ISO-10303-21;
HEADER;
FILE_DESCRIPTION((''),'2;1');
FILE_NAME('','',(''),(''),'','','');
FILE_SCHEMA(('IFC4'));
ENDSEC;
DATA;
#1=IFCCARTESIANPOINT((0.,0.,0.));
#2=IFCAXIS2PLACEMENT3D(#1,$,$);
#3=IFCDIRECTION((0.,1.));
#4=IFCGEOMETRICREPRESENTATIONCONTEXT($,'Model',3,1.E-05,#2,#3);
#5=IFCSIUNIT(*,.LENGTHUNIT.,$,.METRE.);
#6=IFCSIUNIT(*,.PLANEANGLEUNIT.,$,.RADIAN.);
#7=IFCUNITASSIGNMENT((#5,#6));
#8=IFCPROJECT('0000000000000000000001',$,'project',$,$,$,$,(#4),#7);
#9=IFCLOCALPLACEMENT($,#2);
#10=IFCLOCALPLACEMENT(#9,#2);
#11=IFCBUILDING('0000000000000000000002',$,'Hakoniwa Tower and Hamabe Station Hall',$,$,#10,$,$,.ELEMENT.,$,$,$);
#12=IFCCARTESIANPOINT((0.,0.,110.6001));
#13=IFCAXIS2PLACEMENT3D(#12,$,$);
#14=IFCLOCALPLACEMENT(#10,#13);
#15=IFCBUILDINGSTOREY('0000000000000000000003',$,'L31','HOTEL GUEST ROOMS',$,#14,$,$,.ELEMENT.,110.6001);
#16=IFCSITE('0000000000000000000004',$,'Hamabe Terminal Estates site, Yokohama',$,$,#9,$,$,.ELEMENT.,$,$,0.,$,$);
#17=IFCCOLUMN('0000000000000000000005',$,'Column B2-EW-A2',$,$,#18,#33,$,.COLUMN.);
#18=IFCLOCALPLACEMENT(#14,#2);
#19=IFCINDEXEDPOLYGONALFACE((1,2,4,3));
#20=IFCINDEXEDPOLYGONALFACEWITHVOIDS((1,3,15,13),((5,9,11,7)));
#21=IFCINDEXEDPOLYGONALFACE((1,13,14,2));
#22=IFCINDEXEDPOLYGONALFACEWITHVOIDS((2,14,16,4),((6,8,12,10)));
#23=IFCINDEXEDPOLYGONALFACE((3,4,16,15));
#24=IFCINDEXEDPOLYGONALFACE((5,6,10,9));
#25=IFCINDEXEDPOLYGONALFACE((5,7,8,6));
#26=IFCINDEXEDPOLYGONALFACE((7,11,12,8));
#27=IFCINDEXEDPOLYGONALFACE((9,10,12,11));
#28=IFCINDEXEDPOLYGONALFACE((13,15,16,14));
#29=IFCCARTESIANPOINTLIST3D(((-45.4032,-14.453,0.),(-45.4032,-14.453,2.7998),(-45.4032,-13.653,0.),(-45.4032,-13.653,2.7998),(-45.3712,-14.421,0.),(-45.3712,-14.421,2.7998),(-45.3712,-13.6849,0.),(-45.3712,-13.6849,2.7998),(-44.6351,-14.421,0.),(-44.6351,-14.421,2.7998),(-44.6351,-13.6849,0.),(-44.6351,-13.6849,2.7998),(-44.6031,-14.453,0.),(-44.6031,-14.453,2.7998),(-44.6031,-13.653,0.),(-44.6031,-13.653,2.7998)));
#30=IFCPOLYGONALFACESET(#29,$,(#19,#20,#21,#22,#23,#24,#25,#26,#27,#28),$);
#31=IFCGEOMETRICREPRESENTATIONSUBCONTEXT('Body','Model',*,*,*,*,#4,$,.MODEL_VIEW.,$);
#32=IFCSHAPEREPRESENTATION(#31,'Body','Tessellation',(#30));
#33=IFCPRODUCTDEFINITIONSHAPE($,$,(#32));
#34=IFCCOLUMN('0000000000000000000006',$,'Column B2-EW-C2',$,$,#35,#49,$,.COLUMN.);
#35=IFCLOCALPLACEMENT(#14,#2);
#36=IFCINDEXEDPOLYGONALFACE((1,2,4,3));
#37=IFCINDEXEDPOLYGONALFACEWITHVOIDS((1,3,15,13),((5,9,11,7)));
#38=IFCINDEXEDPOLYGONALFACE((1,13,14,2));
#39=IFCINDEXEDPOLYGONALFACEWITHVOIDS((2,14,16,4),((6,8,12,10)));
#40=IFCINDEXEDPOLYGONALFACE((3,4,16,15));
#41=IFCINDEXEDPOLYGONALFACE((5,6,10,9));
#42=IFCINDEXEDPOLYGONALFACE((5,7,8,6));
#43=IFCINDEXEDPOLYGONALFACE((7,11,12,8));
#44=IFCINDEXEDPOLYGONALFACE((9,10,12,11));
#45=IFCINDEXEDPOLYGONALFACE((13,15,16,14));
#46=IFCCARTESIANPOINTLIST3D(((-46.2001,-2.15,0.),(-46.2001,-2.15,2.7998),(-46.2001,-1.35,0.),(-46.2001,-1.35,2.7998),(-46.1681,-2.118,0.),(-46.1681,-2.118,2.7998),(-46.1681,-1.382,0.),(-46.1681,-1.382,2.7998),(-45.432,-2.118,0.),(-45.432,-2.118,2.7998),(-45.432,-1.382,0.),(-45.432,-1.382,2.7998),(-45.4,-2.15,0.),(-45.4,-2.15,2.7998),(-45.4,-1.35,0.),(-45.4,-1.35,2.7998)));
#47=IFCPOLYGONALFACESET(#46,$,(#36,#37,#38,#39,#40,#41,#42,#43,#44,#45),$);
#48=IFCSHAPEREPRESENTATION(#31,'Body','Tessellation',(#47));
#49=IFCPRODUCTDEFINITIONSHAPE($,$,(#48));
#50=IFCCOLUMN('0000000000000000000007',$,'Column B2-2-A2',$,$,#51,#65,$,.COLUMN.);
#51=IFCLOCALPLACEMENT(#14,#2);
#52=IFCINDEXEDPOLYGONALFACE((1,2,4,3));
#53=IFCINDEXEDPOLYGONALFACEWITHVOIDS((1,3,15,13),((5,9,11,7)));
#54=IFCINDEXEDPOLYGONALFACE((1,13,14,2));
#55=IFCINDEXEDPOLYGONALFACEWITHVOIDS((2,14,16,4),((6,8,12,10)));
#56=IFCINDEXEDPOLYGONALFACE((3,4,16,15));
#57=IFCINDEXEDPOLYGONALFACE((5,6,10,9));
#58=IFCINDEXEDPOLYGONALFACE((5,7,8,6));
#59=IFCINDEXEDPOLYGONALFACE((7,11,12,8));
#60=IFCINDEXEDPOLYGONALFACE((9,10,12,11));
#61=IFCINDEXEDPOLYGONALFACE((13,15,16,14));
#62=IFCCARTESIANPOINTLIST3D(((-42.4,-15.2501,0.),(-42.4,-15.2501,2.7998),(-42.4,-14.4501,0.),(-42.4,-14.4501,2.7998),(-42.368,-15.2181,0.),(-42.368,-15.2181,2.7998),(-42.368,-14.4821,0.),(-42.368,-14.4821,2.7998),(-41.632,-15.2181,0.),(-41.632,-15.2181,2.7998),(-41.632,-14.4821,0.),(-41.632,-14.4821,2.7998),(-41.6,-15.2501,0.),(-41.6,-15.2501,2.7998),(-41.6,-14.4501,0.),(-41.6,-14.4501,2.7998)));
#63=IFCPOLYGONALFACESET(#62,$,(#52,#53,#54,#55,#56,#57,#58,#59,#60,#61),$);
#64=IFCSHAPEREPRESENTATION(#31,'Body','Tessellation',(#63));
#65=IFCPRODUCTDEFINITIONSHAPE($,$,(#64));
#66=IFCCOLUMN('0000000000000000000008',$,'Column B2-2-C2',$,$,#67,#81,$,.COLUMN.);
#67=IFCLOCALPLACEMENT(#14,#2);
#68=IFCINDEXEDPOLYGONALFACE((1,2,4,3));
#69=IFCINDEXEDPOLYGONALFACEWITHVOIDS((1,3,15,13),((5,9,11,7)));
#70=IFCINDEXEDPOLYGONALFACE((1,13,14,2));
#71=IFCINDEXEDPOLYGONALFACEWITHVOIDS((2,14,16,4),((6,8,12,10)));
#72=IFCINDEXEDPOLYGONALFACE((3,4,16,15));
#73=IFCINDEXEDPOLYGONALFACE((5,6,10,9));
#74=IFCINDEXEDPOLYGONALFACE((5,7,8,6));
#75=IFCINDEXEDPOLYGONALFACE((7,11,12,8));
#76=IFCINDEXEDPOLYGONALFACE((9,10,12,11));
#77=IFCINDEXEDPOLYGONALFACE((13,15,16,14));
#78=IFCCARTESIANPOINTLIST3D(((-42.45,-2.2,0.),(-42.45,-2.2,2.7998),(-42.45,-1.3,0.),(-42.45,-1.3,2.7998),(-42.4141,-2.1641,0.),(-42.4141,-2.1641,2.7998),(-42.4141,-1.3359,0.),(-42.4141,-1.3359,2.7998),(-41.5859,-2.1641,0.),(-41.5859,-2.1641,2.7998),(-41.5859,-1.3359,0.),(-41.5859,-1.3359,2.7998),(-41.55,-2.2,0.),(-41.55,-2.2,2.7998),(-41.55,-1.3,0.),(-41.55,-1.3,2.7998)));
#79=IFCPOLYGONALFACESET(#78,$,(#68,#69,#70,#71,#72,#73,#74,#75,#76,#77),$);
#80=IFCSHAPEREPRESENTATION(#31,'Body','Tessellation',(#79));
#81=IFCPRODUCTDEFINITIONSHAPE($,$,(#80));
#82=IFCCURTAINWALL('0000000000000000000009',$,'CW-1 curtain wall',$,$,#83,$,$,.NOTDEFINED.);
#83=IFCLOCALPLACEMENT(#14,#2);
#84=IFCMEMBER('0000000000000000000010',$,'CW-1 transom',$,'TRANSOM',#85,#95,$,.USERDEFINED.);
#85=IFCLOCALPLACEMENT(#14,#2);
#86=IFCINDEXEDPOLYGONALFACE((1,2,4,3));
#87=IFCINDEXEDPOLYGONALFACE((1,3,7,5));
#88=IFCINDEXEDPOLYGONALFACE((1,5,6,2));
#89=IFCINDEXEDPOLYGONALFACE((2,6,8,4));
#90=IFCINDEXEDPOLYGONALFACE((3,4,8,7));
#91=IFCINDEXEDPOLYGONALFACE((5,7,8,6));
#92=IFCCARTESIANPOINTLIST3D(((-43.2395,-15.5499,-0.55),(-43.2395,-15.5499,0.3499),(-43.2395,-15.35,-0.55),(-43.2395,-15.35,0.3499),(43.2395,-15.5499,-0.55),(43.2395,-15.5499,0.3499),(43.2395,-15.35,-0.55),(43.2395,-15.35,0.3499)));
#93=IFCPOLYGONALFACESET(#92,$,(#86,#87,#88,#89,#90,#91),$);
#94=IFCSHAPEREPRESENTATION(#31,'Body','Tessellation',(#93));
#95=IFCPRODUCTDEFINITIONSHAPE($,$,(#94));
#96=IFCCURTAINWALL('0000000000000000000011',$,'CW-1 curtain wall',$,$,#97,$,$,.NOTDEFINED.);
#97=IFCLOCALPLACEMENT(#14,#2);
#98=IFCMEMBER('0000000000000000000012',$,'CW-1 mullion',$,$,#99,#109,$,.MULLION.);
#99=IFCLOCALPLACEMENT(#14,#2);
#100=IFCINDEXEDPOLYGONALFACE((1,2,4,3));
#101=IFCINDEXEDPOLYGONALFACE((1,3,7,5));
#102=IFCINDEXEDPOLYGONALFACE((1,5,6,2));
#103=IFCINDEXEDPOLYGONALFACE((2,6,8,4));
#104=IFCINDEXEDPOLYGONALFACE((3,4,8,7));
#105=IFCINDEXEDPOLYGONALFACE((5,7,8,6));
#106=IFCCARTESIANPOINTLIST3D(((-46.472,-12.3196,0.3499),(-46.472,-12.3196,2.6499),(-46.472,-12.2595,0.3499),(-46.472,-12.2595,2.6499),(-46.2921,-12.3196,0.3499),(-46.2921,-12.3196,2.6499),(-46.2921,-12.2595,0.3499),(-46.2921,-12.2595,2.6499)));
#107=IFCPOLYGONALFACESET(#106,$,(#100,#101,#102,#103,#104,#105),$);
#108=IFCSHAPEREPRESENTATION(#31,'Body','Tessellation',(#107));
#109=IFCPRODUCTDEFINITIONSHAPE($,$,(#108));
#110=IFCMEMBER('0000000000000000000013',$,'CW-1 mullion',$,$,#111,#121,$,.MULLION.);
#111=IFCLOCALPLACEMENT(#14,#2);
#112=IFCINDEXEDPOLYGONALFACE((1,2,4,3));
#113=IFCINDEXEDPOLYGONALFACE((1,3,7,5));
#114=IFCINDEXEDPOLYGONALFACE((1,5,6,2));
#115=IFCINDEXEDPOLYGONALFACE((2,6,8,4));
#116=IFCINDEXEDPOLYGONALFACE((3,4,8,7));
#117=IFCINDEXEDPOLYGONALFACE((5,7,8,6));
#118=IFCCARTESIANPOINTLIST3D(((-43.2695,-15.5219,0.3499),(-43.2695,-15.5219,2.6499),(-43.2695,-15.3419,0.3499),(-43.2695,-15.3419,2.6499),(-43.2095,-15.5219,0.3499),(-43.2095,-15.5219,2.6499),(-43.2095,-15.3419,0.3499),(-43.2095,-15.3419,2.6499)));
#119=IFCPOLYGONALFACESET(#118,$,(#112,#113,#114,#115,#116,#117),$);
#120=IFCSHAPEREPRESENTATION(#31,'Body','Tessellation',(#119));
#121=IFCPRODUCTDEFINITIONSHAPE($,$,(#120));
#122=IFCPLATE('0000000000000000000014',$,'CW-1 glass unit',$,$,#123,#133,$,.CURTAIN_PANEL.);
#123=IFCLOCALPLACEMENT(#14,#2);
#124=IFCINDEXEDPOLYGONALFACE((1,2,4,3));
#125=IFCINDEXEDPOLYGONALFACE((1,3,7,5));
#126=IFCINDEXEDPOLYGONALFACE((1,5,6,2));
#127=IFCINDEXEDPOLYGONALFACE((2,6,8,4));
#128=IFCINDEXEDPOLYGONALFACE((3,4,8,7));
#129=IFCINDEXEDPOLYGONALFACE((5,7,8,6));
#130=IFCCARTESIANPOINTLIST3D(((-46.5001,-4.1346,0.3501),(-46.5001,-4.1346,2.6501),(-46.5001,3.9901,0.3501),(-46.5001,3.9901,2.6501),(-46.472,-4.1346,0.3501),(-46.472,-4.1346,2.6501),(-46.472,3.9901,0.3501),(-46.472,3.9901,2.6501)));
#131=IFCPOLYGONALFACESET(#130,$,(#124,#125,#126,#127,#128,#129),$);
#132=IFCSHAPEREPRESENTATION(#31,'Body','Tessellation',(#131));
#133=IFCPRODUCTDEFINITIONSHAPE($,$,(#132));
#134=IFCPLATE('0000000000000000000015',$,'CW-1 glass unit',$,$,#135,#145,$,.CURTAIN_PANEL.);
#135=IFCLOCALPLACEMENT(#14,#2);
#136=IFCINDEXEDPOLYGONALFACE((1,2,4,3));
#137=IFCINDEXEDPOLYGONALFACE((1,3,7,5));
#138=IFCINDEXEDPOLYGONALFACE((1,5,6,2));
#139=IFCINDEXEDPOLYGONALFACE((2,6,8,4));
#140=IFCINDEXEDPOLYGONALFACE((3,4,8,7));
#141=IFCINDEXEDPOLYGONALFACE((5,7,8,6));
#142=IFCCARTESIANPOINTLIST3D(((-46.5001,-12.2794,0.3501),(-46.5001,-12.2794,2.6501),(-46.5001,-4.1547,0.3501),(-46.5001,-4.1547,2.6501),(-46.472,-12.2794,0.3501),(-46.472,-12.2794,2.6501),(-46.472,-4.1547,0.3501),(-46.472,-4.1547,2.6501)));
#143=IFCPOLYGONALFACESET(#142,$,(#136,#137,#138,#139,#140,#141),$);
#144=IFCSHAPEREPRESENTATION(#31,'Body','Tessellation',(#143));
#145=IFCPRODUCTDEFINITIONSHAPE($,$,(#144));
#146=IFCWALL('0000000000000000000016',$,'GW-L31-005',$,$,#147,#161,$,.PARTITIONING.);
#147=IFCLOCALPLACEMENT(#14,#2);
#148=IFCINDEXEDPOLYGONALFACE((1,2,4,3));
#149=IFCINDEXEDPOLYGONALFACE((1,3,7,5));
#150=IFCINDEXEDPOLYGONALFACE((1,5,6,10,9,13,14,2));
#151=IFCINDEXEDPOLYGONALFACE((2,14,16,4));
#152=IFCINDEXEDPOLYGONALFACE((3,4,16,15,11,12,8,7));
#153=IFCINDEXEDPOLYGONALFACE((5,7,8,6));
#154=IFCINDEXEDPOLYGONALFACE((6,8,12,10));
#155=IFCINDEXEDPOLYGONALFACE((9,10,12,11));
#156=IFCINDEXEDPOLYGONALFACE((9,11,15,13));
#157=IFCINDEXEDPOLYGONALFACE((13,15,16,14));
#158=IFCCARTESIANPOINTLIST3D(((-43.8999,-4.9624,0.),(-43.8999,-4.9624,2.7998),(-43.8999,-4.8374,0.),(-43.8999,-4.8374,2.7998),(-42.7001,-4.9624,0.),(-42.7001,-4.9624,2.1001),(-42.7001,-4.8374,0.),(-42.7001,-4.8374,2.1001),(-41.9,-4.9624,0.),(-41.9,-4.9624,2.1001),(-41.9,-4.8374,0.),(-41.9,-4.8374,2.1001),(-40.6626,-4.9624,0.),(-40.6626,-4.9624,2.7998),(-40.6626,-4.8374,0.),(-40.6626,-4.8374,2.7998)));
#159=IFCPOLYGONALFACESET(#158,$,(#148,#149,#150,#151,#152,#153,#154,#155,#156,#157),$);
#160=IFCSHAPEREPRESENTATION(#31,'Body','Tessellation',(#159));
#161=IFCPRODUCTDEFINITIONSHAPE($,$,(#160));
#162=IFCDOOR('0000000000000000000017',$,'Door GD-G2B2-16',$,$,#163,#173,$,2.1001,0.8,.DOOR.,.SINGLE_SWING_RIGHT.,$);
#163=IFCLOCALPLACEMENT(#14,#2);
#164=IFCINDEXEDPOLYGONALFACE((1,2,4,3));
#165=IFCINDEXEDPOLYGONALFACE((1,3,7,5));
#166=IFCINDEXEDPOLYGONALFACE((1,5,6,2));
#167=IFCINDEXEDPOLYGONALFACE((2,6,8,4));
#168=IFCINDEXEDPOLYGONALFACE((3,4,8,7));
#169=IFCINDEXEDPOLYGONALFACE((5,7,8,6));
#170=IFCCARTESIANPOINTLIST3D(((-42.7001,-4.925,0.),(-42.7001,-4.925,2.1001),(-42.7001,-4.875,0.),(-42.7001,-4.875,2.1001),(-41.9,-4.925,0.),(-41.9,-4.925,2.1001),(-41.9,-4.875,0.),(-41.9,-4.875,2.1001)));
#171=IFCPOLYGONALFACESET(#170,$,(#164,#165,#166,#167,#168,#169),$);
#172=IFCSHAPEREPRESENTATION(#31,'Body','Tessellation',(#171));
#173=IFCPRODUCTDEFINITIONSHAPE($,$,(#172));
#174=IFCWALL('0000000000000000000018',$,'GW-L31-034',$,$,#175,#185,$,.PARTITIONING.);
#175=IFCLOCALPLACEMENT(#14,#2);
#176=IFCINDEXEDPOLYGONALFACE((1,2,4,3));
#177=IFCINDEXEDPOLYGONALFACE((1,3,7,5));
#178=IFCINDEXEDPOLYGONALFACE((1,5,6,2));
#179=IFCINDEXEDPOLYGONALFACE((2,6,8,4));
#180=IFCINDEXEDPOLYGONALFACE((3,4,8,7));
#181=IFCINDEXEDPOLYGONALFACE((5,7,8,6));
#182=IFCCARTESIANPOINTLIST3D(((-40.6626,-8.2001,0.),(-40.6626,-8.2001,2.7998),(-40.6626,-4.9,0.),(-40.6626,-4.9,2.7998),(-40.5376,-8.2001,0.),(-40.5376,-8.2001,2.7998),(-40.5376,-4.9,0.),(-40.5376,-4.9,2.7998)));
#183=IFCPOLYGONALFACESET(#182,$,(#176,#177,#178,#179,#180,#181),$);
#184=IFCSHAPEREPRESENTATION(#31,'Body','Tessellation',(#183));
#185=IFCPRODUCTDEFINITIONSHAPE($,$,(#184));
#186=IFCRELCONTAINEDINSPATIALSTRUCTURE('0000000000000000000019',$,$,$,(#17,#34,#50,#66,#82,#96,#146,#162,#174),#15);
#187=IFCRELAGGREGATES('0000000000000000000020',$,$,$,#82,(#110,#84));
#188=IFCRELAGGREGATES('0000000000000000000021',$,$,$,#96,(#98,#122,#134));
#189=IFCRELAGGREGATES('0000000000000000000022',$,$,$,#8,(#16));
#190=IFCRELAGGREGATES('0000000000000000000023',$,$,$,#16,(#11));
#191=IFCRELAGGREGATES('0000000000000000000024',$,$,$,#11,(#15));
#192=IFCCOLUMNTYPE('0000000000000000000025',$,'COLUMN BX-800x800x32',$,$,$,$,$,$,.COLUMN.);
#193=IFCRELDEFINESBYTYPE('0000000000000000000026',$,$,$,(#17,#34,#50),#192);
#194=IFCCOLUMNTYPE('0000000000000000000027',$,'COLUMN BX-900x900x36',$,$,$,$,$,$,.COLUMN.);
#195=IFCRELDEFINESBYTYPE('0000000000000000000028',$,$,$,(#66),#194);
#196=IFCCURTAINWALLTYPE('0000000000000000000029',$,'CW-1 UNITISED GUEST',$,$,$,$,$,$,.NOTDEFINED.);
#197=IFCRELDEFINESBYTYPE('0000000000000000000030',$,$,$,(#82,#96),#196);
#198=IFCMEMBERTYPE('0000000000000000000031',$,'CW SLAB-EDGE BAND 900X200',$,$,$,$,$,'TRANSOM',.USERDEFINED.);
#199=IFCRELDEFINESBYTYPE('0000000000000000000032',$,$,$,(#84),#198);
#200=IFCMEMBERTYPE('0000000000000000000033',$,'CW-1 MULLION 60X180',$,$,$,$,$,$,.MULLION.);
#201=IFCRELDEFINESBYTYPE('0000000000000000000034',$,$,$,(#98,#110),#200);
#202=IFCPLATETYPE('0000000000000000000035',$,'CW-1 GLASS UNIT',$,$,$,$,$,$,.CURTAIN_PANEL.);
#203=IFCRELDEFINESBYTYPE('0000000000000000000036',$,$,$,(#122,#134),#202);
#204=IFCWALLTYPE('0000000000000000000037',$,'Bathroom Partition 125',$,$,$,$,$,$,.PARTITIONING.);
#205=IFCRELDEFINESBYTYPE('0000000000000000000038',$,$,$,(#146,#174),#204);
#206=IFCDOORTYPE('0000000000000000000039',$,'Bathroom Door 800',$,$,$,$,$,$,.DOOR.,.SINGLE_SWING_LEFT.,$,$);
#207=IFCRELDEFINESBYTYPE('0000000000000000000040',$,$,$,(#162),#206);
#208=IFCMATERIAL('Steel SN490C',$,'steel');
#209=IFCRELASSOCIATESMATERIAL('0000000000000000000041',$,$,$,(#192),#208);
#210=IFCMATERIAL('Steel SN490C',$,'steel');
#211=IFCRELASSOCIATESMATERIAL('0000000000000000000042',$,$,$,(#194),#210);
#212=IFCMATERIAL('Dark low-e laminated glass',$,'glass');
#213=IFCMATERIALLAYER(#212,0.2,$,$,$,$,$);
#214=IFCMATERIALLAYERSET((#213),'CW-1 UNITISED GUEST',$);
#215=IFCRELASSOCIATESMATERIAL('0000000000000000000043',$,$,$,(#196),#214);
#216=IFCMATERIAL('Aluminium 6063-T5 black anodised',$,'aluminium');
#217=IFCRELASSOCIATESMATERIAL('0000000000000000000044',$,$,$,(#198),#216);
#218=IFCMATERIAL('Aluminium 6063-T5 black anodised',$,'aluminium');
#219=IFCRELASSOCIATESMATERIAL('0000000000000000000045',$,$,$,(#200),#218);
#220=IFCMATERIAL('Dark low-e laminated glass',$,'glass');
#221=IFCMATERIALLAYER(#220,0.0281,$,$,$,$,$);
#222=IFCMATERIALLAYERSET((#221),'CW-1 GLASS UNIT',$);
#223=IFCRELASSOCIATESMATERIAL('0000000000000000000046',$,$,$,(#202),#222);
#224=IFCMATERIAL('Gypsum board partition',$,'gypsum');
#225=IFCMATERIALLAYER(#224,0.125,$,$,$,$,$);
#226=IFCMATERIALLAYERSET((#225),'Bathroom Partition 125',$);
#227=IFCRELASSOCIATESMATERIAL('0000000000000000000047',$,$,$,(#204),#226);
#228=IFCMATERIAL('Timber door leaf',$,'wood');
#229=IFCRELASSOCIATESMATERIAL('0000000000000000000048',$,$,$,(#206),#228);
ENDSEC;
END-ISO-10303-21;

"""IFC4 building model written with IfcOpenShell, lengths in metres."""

from ifc_helpers import new_model, si_unit, direction, frame, frame_2d, origin, origin_2d, place, context, subcontext, project, spatial, rectangle, hollow_rectangle, extrude, material, layer, layer_set, material_profile, profile_set, type_object, element, fill, aggregate, save


model = new_model("IFC4")

# Units and contexts
model_context = context("Model", 3, precision=1e-05, world=origin(), true_north=direction((0.0, 1.0)))
body_context = subcontext(model_context, "Body", "Model", "MODEL_VIEW")
ifc_project = project(units=[si_unit("LENGTHUNIT", "METRE"), si_unit("PLANEANGLEUNIT", "RADIAN")], contexts=[model_context])

# Site, building, storey
site_placement = place(None, origin())
site = spatial("IfcSite", under=ifc_project, at=site_placement, Name="Hamabe Terminal Estates site, Yokohama", CompositionType="ELEMENT", RefElevation=0.0)
building_placement = place(site_placement, origin())
building = spatial("IfcBuilding", under=site, at=building_placement, Name="Hakoniwa Tower and Hamabe Station Hall", CompositionType="ELEMENT")
storey_placement = place(building_placement, frame((0.0, 0.0, 110.6001)))
storey = spatial("IfcBuildingStorey", under=building, at=storey_placement, Name="L31", Description="HOTEL GUEST ROOMS", CompositionType="ELEMENT", Elevation=110.6001)

# Columns
ifc_material_1 = material(Name="Steel SN490C", Category="steel")
ifc_material_profile_1 = material_profile(ifc_material_1, hollow_rectangle(XDim=0.8, YDim=0.8, WallThickness=0.032, at=origin_2d()), Name="BX-800x800x32")
ifc_profile_set_1 = profile_set([ifc_material_profile_1], Name="Steel SN490C")
column_type_1 = type_object("IfcColumnType", Name="COLUMN BX-800x800x32", PredefinedType="COLUMN", material=ifc_profile_set_1)
for number, where, z_axis, x_axis, name in (
    (1, (-45.0032, -14.053, 0.0), (0.0, 0.0, 1.0), (1.0, 0.0, 0.0), "Column B2-EW-A2"),
    (2, (-45.8, -1.75, 0.0), (0.0, 0.0, 1.0), (1.0, 0.0, 0.0), "Column B2-EW-C2"),
    (3, (-42.0, -14.8501, 0.0), (0.0, 0.0, 1.0), (1.0, 0.0, 0.0), "Column B2-2-A2"),
):
    element("IfcColumn", number, at=place(storey_placement, frame(where, z_axis=z_axis, x_axis=x_axis)), inside=storey, type_object=column_type_1, Name=name, PredefinedType="COLUMN", context=body_context, shape_type="SweptSolid", body=[
        extrude(hollow_rectangle(XDim=0.8, YDim=0.8, WallThickness=0.032, at=origin_2d()), origin(), (0.0, 0.0, 1.0), 2.7998),
    ])
ifc_material_2 = material(Name="Steel SN490C", Category="steel")
ifc_material_profile_2 = material_profile(ifc_material_2, hollow_rectangle(XDim=0.8999, YDim=0.8999, WallThickness=0.0359, at=origin_2d()), Name="BX-900x900x36")
ifc_profile_set_2 = profile_set([ifc_material_profile_2], Name="Steel SN490C")
column_type_2 = type_object("IfcColumnType", Name="COLUMN BX-900x900x36", PredefinedType="COLUMN", material=ifc_profile_set_2)
column_placement = place(storey_placement, frame((-42.0, -1.75, 0.0), z_axis=(0.0, 0.0, 1.0), x_axis=(1.0, 0.0, 0.0)))
element("IfcColumn", 4, at=column_placement, inside=storey, type_object=column_type_2, Name="Column B2-2-C2", PredefinedType="COLUMN", context=body_context, shape_type="SweptSolid", body=[
    extrude(hollow_rectangle(XDim=0.8999, YDim=0.8999, WallThickness=0.0359, at=origin_2d()), origin(), (0.0, 0.0, 1.0), 2.7998),
])

# Curtain walls, members
ifc_material_3 = material(Name="Dark low-e laminated glass", Category="glass")
ifc_layer_1 = layer(ifc_material_3, 0.2)
ifc_layer_set_1 = layer_set([ifc_layer_1], Name="CW-1 UNITISED GUEST")
curtain_wall_type = type_object("IfcCurtainWallType", Name="CW-1 UNITISED GUEST", PredefinedType="NOTDEFINED", material=ifc_layer_set_1)
curtain_wall_1_placement = place(storey_placement, origin())
curtain_wall_1 = element("IfcCurtainWall", 5, at=curtain_wall_1_placement, inside=storey, type_object=curtain_wall_type, Name="CW-1 curtain wall", PredefinedType="NOTDEFINED")
ifc_material_4 = material(Name="Aluminium 6063-T5 black anodised", Category="aluminium")
ifc_material_profile_3 = material_profile(ifc_material_4, rectangle(XDim=0.2, YDim=0.8999, at=origin_2d()), Name="CW SLAB-EDGE BAND 900X200")
ifc_profile_set_3 = profile_set([ifc_material_profile_3], Name="Aluminium 6063-T5 black anodised")
member_type_1 = type_object("IfcMemberType", Name="CW SLAB-EDGE BAND 900X200", ElementType="TRANSOM", PredefinedType="USERDEFINED", material=ifc_profile_set_3)
member_1_placement = place(storey_placement, frame((-43.2395, -15.45, -0.1001), z_axis=(1.0, 0.0, 0.0), x_axis=(0.0, 1.0, 0.0)))
member_1 = element("IfcMember", 6, at=member_1_placement, type_object=member_type_1, Name="CW-1 transom", ObjectType="TRANSOM", PredefinedType="USERDEFINED", context=body_context, shape_type="SweptSolid", body=[
    extrude(rectangle(XDim=0.2, YDim=0.8999, at=origin_2d()), origin(), (0.0, 0.0, 1.0), 86.479),
])
curtain_wall_2_placement = place(storey_placement, origin())
curtain_wall_2 = element("IfcCurtainWall", 7, at=curtain_wall_2_placement, inside=storey, type_object=curtain_wall_type, Name="CW-1 curtain wall", PredefinedType="NOTDEFINED")
ifc_material_5 = material(Name="Aluminium 6063-T5 black anodised", Category="aluminium")
ifc_material_profile_4 = material_profile(ifc_material_5, rectangle(XDim=0.0601, YDim=0.1799, at=origin_2d()), Name="CW-1 MULLION 60X180")
ifc_profile_set_4 = profile_set([ifc_material_profile_4], Name="Aluminium 6063-T5 black anodised")
member_type_2 = type_object("IfcMemberType", Name="CW-1 MULLION 60X180", PredefinedType="MULLION", material=ifc_profile_set_4)
member_2_placement = place(storey_placement, frame((-46.3821, -12.2896, 0.3499), z_axis=(0.0, 0.0, 1.0), x_axis=(0.0, -1.0, 0.0)))
member_2 = element("IfcMember", 8, at=member_2_placement, type_object=member_type_2, Name="CW-1 mullion", PredefinedType="MULLION", context=body_context, shape_type="SweptSolid", body=[
    extrude(rectangle(XDim=0.0601, YDim=0.1799, at=origin_2d()), origin(), (0.0, 0.0, 1.0), 2.3),
])

# Member
member_3_placement = place(storey_placement, frame((-43.2395, -15.4319, 0.3499), z_axis=(0.0, 0.0, 1.0), x_axis=(1.0, 0.0, 0.0)))
member_3 = element("IfcMember", 9, at=member_3_placement, type_object=member_type_2, Name="CW-1 mullion", PredefinedType="MULLION", context=body_context, shape_type="SweptSolid", body=[
    extrude(rectangle(XDim=0.0601, YDim=0.1799, at=origin_2d()), origin(), (0.0, 0.0, 1.0), 2.3),
])
aggregate(curtain_wall_1, [member_3, member_1])

# Plates
ifc_material_6 = material(Name="Dark low-e laminated glass", Category="glass")
ifc_layer_2 = layer(ifc_material_6, 0.0281)
ifc_layer_set_2 = layer_set([ifc_layer_2], Name="CW-1 GLASS UNIT")
plate_type = type_object("IfcPlateType", Name="CW-1 GLASS UNIT", PredefinedType="CURTAIN_PANEL", material=ifc_layer_set_2)
plate_1_placement = place(storey_placement, frame((-46.4861, -0.0723, 0.3501), z_axis=(0.0, 0.0, 1.0), x_axis=(0.0, -1.0, 0.0)))
plate_1 = element("IfcPlate", 10, at=plate_1_placement, type_object=plate_type, Name="CW-1 glass unit", PredefinedType="CURTAIN_PANEL", context=body_context, shape_type="SweptSolid", body=[
    extrude(rectangle(XDim=8.1248, YDim=0.0281, at=origin_2d()), origin(), (0.0, 0.0, 1.0), 2.3),
])
plate_2_placement = place(storey_placement, frame((-46.4861, -8.217, 0.3501), z_axis=(0.0, 0.0, 1.0), x_axis=(0.0, -1.0, 0.0)))
plate_2 = element("IfcPlate", 11, at=plate_2_placement, type_object=plate_type, Name="CW-1 glass unit", PredefinedType="CURTAIN_PANEL", context=body_context, shape_type="SweptSolid", body=[
    extrude(rectangle(XDim=8.1248, YDim=0.0281, at=origin_2d()), origin(), (0.0, 0.0, 1.0), 2.3),
])
aggregate(curtain_wall_2, [member_2, plate_1, plate_2])

# Wall, opening, door
ifc_material_7 = material(Name="Gypsum board partition", Category="gypsum")
ifc_layer_3 = layer(ifc_material_7, 0.125)
ifc_layer_set_3 = layer_set([ifc_layer_3], Name="Bathroom Partition 125")
wall_type_1 = type_object("IfcWallType", Name="Bathroom Partition 125", PredefinedType="PARTITIONING", material=ifc_layer_set_3)
wall_1_placement = place(storey_placement, frame((-43.8999, -4.8999, 0.0), z_axis=(0.0, 0.0, 1.0), x_axis=(1.0, 0.0, 0.0)))
wall_1 = element("IfcWall", 12, at=wall_1_placement, inside=storey, type_object=wall_type_1, Name="GW-L31-005", PredefinedType="PARTITIONING", context=body_context, shape_type="SweptSolid", body=[
    extrude(rectangle(XDim=3.2373, YDim=0.125, at=frame_2d((1.6187, 0.0))), origin(), (0.0, 0.0, 1.0), 2.7998),
])
opening_1_placement = place(wall_1_placement, frame((1.2, 0.0, 0.0)))
opening_1 = element("IfcOpeningElement", 13, at=opening_1_placement, cuts=wall_1, PredefinedType="OPENING", context=body_context, shape_type="SweptSolid", body=[
    extrude(rectangle(XDim=0.8, YDim=2.1001, at=frame_2d((0.3999, 1.05))), frame((0.0, 0.0725, 0.0), z_axis=(0.0, -1.0, 0.0), x_axis=(1.0, 0.0, 0.0)), (0.0, 0.0, 1.0), 0.145),
])
ifc_material_8 = material(Name="Timber door leaf", Category="wood")
door_type_1 = type_object("IfcDoorType", Name="Bathroom Door 800", OperationType="SINGLE_SWING_LEFT", PredefinedType="DOOR", material=ifc_material_8)
door_1_placement = place(opening_1_placement, origin())
door_1 = element("IfcDoor", 14, at=door_1_placement, inside=storey, type_object=door_type_1, Name="Door GD-G2B2-16", OperationType="SINGLE_SWING_RIGHT", OverallHeight=2.1001, OverallWidth=0.8, PredefinedType="DOOR", context=body_context, shape_type="SweptSolid", body=[
    extrude(rectangle(XDim=0.8, YDim=2.1001, at=frame_2d((0.3999, 1.05))), frame((0.0, 0.0249, 0.0), z_axis=(0.0, -1.0, 0.0), x_axis=(1.0, 0.0, 0.0)), (0.0, 0.0, 1.0), 0.05),
])
fill(opening_1, door_1)

# Wall
wall_2_placement = place(storey_placement, frame((-40.6001, -8.2, 0.0), z_axis=(0.0, 0.0, 1.0), x_axis=(0.0, 1.0, 0.0)))
element("IfcWall", 15, at=wall_2_placement, inside=storey, type_object=wall_type_1, Name="GW-L31-034", PredefinedType="PARTITIONING", context=body_context, shape_type="SweptSolid", body=[
    extrude(rectangle(XDim=3.3, YDim=0.125, at=frame_2d((1.6499, 0.0))), origin(), (0.0, 0.0, 1.0), 2.7998),
])

save(model, "model.ifc")
